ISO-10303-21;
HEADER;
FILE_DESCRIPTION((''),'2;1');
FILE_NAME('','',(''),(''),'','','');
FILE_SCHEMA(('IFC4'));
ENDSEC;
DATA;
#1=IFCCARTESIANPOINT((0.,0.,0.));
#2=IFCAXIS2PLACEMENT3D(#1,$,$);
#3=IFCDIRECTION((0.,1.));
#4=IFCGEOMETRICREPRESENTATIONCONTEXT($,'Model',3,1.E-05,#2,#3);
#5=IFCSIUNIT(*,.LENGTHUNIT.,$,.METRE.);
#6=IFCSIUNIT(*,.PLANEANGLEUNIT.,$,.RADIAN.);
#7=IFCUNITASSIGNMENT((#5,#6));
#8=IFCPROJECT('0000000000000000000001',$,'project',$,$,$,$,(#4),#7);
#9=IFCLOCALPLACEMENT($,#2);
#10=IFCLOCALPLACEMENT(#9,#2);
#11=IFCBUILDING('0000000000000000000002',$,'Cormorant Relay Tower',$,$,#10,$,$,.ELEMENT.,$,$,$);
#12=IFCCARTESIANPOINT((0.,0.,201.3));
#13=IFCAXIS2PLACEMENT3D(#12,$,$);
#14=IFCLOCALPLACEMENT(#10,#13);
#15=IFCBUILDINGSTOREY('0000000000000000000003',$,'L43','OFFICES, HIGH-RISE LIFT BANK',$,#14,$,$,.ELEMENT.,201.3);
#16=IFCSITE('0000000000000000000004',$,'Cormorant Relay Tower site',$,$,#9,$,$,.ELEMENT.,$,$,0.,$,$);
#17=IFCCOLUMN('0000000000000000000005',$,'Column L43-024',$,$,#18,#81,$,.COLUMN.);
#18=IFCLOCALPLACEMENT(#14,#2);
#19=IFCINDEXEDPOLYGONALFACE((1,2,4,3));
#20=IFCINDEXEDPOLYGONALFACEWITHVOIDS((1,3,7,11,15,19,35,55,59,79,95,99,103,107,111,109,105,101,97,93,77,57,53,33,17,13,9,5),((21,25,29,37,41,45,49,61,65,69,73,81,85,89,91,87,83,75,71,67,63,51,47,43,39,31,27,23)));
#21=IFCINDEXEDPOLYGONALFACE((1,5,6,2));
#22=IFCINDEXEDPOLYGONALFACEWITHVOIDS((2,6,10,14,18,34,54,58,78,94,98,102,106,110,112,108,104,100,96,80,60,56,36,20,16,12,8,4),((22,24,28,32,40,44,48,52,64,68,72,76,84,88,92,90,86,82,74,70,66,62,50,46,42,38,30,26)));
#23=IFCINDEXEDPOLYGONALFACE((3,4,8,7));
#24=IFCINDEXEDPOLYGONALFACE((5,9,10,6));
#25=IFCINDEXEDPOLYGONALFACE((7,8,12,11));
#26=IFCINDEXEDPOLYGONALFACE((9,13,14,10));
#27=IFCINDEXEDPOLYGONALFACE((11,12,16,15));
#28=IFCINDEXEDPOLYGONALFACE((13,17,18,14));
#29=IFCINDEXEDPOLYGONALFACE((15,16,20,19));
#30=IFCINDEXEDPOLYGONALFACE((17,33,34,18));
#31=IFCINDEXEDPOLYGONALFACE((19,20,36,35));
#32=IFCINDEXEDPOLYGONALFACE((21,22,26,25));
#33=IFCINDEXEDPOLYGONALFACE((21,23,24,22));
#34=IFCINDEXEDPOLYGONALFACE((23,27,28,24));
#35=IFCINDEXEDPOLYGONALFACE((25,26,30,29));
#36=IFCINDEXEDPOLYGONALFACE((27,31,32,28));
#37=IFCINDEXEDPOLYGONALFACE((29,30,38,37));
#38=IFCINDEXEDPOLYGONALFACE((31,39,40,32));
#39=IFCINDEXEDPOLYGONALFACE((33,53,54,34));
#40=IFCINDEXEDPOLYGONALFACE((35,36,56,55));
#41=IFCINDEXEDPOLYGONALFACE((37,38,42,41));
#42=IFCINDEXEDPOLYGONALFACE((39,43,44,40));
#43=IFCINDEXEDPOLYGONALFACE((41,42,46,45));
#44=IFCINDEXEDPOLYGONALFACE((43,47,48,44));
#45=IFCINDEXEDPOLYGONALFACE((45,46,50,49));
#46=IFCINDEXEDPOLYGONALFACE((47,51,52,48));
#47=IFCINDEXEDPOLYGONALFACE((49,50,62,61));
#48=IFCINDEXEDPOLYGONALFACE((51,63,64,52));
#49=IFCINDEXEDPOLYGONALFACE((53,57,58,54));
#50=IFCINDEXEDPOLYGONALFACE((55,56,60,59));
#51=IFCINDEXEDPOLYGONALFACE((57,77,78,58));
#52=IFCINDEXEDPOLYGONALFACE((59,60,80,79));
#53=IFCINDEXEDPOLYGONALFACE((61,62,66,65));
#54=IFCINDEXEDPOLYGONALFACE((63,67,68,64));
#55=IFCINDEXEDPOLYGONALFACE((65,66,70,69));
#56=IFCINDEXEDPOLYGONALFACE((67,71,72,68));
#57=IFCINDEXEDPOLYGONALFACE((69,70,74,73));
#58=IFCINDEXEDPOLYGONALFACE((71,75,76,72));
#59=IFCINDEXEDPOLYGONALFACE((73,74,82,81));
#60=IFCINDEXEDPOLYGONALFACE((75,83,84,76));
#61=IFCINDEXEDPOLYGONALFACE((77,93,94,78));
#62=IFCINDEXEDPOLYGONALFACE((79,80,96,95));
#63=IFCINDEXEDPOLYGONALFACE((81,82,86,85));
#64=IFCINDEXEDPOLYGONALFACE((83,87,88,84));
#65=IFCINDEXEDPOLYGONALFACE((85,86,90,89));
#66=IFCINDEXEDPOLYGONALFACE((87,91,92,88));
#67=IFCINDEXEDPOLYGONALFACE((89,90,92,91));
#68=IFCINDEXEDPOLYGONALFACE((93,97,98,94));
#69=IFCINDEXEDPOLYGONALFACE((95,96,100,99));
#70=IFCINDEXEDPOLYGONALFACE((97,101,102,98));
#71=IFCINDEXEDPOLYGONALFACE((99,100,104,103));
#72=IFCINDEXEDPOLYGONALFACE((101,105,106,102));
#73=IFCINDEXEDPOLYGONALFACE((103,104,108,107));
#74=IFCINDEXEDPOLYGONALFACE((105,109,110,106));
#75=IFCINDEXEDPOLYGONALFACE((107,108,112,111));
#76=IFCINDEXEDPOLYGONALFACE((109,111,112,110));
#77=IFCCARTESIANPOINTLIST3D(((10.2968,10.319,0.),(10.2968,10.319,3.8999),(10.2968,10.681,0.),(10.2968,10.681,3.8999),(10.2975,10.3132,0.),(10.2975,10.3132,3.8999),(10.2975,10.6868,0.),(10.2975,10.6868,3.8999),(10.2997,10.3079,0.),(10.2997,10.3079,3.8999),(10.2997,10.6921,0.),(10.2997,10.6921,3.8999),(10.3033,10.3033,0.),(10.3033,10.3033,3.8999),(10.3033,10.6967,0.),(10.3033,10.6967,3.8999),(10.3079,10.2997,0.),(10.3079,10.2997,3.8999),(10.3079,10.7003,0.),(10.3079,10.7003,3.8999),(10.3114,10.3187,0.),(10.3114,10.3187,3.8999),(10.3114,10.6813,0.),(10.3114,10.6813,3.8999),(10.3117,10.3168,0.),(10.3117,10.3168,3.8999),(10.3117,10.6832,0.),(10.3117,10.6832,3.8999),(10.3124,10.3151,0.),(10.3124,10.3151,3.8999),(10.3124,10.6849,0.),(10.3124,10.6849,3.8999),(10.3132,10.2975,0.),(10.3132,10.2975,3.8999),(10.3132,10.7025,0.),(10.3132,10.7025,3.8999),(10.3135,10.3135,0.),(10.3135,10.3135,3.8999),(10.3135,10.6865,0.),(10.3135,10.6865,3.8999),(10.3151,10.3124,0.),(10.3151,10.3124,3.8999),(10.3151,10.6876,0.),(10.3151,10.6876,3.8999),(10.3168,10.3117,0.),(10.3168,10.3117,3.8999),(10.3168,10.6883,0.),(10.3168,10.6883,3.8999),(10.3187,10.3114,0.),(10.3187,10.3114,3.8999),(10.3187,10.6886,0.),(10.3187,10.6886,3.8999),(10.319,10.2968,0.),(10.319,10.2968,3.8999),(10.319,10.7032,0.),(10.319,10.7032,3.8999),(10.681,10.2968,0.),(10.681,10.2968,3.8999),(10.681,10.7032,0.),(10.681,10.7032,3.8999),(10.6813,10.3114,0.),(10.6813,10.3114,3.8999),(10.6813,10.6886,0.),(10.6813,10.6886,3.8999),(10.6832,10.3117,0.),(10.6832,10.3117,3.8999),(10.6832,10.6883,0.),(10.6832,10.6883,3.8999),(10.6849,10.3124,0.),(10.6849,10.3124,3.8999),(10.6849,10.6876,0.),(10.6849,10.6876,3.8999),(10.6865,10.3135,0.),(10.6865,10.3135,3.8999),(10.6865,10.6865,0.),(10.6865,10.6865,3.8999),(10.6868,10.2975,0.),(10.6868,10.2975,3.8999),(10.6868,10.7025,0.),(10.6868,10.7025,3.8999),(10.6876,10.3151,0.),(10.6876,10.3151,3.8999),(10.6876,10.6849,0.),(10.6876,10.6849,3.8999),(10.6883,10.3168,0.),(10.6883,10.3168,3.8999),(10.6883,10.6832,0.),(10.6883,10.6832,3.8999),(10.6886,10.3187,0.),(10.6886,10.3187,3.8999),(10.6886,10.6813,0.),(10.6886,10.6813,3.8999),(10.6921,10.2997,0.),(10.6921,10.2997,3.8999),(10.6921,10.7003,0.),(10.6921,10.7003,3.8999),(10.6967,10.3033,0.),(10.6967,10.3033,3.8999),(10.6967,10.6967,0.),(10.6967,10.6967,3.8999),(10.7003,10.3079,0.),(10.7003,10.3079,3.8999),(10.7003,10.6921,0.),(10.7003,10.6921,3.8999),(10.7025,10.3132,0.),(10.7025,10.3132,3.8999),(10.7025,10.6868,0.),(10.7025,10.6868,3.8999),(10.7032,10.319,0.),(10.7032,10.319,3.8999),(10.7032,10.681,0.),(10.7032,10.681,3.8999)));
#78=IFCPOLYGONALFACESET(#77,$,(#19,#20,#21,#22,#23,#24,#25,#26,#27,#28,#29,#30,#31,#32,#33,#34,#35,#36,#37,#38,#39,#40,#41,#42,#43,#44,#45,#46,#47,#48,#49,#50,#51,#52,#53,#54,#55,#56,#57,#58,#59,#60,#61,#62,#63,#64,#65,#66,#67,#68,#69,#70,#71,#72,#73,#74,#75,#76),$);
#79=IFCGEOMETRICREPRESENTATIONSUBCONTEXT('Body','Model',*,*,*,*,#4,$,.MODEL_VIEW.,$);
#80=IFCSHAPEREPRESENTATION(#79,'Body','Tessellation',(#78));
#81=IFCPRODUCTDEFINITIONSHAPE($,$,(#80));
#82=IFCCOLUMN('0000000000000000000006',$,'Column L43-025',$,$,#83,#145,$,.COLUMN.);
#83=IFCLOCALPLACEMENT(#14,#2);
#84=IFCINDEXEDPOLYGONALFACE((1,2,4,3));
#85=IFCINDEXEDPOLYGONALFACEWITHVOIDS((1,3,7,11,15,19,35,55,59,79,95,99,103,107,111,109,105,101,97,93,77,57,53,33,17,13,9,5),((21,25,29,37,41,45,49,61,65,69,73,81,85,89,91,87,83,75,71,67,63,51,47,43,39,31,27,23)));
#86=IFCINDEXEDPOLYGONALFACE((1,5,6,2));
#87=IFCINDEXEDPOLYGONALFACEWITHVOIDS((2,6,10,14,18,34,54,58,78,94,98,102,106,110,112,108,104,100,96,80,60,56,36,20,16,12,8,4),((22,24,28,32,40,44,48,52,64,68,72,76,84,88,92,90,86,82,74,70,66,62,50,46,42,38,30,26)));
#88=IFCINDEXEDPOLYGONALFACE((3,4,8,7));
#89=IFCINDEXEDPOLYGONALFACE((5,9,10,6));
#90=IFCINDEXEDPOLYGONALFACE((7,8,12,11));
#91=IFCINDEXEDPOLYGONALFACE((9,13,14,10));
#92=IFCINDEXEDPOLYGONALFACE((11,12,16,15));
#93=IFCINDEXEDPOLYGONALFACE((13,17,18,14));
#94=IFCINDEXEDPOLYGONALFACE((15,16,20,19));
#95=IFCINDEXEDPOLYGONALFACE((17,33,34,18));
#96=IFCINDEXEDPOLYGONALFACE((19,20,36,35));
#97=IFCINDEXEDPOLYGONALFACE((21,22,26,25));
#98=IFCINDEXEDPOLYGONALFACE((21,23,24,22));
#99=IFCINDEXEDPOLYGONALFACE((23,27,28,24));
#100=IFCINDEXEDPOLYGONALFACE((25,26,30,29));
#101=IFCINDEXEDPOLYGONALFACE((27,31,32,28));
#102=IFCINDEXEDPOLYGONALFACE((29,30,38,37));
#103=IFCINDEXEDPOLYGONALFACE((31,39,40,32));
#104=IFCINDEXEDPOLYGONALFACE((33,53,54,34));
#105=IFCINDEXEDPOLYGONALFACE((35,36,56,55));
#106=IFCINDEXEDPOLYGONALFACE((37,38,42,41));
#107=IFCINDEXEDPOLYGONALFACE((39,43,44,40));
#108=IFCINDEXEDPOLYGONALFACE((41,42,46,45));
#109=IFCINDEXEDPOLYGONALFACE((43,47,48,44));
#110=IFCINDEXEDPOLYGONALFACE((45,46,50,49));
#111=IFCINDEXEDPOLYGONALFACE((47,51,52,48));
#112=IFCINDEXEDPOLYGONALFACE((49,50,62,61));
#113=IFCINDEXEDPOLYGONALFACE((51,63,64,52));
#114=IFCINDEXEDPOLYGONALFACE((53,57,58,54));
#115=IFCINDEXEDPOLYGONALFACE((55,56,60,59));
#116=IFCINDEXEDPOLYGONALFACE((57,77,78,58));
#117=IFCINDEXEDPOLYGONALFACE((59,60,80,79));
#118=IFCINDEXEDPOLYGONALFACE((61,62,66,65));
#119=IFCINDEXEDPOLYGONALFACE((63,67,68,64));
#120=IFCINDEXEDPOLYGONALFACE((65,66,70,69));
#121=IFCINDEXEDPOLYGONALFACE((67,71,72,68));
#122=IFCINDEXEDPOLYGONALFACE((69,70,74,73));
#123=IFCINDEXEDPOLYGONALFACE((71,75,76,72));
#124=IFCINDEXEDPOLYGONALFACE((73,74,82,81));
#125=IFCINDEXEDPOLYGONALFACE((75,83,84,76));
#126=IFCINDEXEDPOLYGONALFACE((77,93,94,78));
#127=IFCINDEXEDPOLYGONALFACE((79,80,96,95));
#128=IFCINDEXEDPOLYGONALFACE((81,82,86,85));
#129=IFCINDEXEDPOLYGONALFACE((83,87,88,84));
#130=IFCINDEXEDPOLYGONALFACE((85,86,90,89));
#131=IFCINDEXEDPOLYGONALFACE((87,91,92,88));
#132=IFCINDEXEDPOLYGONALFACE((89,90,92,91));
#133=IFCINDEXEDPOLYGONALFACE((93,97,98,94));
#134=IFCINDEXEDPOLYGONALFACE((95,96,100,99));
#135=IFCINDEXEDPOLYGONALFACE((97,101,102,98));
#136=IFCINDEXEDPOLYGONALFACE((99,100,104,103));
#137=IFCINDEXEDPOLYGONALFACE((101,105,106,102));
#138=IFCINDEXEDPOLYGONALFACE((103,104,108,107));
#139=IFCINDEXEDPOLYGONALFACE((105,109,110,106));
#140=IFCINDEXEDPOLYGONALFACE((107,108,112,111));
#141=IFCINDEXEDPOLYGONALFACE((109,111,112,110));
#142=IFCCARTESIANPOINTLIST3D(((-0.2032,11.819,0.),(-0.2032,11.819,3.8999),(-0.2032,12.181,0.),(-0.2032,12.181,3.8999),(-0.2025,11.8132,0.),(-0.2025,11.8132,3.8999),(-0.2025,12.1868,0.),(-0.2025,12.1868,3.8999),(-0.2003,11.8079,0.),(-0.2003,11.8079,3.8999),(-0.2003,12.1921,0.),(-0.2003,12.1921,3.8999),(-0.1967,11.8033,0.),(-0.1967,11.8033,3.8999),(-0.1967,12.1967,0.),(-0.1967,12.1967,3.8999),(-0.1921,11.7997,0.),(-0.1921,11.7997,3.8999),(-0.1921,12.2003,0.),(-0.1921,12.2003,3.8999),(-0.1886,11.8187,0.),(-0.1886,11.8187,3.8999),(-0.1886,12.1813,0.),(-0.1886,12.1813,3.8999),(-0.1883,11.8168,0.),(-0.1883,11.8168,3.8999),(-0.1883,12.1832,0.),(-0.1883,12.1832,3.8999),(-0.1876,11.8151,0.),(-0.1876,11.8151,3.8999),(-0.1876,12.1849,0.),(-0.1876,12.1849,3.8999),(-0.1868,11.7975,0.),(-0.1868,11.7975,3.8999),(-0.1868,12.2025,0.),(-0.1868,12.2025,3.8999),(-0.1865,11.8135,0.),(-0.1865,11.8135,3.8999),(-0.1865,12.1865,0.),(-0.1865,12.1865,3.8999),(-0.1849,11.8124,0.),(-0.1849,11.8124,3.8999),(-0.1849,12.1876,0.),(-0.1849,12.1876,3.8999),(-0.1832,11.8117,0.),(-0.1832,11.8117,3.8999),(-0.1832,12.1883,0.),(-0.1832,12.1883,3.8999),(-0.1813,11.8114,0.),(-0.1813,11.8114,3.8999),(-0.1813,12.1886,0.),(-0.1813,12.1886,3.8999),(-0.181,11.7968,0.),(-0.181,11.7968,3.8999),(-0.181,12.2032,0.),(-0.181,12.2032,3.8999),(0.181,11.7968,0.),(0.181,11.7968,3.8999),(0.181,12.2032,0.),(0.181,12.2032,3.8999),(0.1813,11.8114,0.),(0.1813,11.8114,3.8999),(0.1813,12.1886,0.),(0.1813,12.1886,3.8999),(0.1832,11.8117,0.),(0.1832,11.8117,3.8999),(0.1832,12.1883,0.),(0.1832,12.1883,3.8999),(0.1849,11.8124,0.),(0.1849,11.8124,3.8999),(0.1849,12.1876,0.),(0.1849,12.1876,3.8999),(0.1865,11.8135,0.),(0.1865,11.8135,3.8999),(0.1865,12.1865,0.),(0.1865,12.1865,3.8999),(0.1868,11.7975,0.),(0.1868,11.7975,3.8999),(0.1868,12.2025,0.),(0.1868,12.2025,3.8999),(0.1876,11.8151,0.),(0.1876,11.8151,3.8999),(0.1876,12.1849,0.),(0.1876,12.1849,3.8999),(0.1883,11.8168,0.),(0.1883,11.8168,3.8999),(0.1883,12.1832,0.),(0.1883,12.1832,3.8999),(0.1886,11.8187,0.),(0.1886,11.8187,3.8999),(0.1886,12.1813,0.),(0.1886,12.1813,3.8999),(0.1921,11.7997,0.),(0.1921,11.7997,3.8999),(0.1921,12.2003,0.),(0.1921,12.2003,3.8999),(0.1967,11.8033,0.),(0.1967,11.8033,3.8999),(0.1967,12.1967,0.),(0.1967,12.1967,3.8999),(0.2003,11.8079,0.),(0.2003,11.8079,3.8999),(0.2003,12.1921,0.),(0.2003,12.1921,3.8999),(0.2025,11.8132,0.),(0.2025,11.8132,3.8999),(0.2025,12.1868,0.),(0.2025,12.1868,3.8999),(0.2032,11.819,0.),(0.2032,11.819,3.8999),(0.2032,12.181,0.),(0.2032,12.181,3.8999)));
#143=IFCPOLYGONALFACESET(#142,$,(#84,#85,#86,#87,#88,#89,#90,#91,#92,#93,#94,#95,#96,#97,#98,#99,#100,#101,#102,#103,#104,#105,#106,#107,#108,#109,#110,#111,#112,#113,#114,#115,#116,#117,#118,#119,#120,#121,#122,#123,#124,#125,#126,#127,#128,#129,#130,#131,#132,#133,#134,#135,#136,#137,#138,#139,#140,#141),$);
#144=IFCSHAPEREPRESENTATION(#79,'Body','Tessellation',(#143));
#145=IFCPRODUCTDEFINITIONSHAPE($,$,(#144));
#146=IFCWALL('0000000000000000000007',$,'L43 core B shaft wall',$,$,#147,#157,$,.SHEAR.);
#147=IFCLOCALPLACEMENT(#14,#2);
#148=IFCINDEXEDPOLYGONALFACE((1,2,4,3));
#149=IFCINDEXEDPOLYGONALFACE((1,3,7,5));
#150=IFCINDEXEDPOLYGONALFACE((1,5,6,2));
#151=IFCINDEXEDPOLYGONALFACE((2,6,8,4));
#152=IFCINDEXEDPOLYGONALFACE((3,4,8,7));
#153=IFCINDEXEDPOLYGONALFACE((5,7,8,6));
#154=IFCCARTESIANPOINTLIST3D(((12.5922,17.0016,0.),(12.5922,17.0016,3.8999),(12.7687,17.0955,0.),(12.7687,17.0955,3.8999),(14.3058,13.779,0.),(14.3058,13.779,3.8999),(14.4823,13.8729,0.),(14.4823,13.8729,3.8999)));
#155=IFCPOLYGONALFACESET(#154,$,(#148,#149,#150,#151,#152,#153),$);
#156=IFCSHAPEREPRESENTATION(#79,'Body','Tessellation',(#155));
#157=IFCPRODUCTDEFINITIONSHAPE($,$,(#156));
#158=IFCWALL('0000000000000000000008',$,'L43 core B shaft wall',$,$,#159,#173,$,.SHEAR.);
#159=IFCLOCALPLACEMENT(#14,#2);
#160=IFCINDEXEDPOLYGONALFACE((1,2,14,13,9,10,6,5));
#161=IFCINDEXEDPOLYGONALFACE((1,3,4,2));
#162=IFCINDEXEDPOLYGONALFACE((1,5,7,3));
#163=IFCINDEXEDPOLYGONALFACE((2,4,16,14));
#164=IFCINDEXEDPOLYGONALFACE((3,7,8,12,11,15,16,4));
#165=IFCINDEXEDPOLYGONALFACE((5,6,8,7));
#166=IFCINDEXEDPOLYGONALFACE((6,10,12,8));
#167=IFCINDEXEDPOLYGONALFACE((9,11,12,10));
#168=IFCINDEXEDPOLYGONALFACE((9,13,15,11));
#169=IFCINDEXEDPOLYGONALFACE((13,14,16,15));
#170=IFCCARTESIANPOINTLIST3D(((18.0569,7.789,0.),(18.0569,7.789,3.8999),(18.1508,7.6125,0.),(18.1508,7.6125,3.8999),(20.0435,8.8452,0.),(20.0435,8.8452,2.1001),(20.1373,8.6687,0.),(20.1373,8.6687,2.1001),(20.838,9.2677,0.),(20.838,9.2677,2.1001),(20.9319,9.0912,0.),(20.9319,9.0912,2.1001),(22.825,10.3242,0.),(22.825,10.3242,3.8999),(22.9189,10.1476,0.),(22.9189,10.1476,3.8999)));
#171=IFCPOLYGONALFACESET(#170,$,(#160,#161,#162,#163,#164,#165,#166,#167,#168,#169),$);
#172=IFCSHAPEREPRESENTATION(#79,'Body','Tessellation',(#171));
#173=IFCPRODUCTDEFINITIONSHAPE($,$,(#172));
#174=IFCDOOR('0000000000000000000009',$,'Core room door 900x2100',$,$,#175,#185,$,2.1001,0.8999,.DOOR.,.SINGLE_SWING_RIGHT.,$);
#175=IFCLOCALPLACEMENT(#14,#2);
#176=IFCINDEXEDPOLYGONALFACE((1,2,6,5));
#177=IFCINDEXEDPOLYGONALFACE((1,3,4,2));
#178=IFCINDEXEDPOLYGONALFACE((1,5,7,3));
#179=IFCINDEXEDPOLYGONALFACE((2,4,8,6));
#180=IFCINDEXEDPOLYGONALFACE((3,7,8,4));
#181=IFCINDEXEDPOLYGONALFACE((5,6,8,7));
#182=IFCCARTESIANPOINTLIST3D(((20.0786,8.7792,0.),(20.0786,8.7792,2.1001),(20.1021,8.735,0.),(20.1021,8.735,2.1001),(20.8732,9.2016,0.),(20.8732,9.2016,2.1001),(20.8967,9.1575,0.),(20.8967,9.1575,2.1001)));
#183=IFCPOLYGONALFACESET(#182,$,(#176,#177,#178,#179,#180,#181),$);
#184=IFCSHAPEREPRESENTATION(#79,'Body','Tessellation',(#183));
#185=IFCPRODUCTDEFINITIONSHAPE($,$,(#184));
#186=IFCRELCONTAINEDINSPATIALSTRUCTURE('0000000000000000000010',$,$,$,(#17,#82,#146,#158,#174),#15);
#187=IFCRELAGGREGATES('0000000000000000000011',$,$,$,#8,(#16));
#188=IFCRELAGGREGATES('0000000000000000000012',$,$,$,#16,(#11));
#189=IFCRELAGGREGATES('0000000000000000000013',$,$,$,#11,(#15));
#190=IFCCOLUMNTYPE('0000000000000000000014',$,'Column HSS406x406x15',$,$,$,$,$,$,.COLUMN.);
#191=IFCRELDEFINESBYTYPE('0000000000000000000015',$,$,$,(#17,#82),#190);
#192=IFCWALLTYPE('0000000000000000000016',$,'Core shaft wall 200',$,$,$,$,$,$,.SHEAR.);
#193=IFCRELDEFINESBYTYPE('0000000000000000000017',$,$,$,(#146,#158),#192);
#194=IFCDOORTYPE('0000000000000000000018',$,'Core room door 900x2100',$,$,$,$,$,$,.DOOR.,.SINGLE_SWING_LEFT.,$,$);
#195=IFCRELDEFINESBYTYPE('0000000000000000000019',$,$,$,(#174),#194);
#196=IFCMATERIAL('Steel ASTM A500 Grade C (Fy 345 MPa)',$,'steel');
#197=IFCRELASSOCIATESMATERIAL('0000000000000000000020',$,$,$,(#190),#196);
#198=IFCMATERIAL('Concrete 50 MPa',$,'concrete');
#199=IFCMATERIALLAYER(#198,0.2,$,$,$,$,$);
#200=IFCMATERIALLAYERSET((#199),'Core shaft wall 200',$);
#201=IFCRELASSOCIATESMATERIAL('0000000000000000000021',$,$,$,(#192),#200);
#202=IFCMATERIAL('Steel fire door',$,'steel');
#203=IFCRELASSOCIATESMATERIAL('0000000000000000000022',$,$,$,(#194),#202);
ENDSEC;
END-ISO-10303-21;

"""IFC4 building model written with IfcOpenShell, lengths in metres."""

from ifc_helpers import new_model, si_unit, direction, frame, frame_2d, origin, origin_2d, place, context, subcontext, project, spatial, rectangle, hollow_rectangle, extrude, material, layer, layer_set, material_profile, profile_set, type_object, element, fill, save


model = new_model("IFC4")

# Units and contexts
model_context = context("Model", 3, precision=1e-05, world=origin(), true_north=direction((0.0, 1.0)))
body_context = subcontext(model_context, "Body", "Model", "MODEL_VIEW")
ifc_project = project(units=[si_unit("LENGTHUNIT", "METRE"), si_unit("PLANEANGLEUNIT", "RADIAN")], contexts=[model_context])

# Site, building, storey
site_placement = place(None, origin())
site = spatial("IfcSite", under=ifc_project, at=site_placement, Name="Cormorant Relay Tower site", CompositionType="ELEMENT", RefElevation=0.0)
building_placement = place(site_placement, origin())
building = spatial("IfcBuilding", under=site, at=building_placement, Name="Cormorant Relay Tower", CompositionType="ELEMENT")
storey_placement = place(building_placement, frame((0.0, 0.0, 201.3)))
storey = spatial("IfcBuildingStorey", under=building, at=storey_placement, Name="L43", Description="OFFICES, HIGH-RISE LIFT BANK", CompositionType="ELEMENT", Elevation=201.3)

# Columns
ifc_material_1 = material(Name="Steel ASTM A500 Grade C (Fy 345 MPa)", Category="steel")
ifc_material_profile = material_profile(ifc_material_1, hollow_rectangle(XDim=0.4065, YDim=0.4065, WallThickness=0.0146, InnerFilletRadius=0.0073, OuterFilletRadius=0.0222, at=origin_2d()), Name="HSS406x406x15")
ifc_profile_set = profile_set([ifc_material_profile], Name="Steel ASTM A500 Grade C (Fy 345 MPa)")
column_type = type_object("IfcColumnType", Name="Column HSS406x406x15", PredefinedType="COLUMN", material=ifc_profile_set)
for number, where, z_axis, x_axis, name in (
    (1, (10.5, 10.5, 0.0), (0.0, 0.0, 1.0), (1.0, 0.0, 0.0), "Column L43-024"),
    (2, (0.0, 12.0, 0.0), (0.0, 0.0, 1.0), (1.0, 0.0, 0.0), "Column L43-025"),
):
    element("IfcColumn", number, at=place(storey_placement, frame(where, z_axis=z_axis, x_axis=x_axis)), inside=storey, type_object=column_type, Name=name, PredefinedType="COLUMN", context=body_context, shape_type="SweptSolid", body=[
        extrude(hollow_rectangle(XDim=0.4065, YDim=0.4065, WallThickness=0.0146, InnerFilletRadius=0.0073, OuterFilletRadius=0.0222, at=origin_2d()), origin(), (0.0, 0.0, 1.0), 3.8999),
    ])

# Wall
ifc_material_2 = material(Name="Concrete 50 MPa", Category="concrete")
ifc_layer_1 = layer(ifc_material_2, 0.2)
ifc_layer_set_1 = layer_set([ifc_layer_1], Name="Core shaft wall 200")
wall_type_1 = type_object("IfcWallType", Name="Core shaft wall 200", PredefinedType="SHEAR", material=ifc_layer_set_1)
wall_1_placement = place(storey_placement, frame((14.394, 13.8259, 0.0), z_axis=(0.0, 0.0, 1.0), x_axis=(-0.469494, 0.882936, 0.0)))
element("IfcWall", 3, at=wall_1_placement, inside=storey, type_object=wall_type_1, Name="L43 core B shaft wall", PredefinedType="SHEAR", context=body_context, shape_type="SweptSolid", body=[
    extrude(rectangle(XDim=3.6499, YDim=0.2, at=frame_2d((1.825, 0.0))), origin(), (0.0, 0.0, 1.0), 3.8999),
])

# Wall, opening, door
wall_2_placement = place(storey_placement, frame((18.1038, 7.7007, 0.0), z_axis=(0.0, 0.0, 1.0), x_axis=(0.882953, 0.469462, 0.0)))
wall_2 = element("IfcWall", 4, at=wall_2_placement, inside=storey, type_object=wall_type_1, Name="L43 core B shaft wall", PredefinedType="SHEAR", context=body_context, shape_type="SweptSolid", body=[
    extrude(rectangle(XDim=5.4001, YDim=0.2, at=frame_2d((2.7002, 0.0))), origin(), (0.0, 0.0, 1.0), 3.8999),
])
opening_1_placement = place(wall_2_placement, frame((2.25, 0.0, 0.0)))
opening_1 = element("IfcOpeningElement", 5, at=opening_1_placement, cuts=wall_2, PredefinedType="OPENING", context=body_context, shape_type="SweptSolid", body=[
    extrude(rectangle(XDim=0.8999, YDim=2.1001, at=frame_2d((0.45, 1.05))), frame((0.0, 0.1099, 0.0), z_axis=(0.0, -1.0, 0.0), x_axis=(1.0, 0.0, 0.0)), (0.0, 0.0, 1.0), 0.22),
])
ifc_material_3 = material(Name="Steel fire door", Category="steel")
door_type_1 = type_object("IfcDoorType", Name="Core room door 900x2100", OperationType="SINGLE_SWING_LEFT", PredefinedType="DOOR", material=ifc_material_3)
door_1_placement = place(opening_1_placement, frame((0.8999, 0.0, 0.0), z_axis=(0.0, 0.0, 1.0), x_axis=(-1.0, 0.0, 0.0)))
door_1 = element("IfcDoor", 6, at=door_1_placement, inside=storey, type_object=door_type_1, Name="Core room door 900x2100", OperationType="SINGLE_SWING_RIGHT", OverallHeight=2.1001, OverallWidth=0.8999, PredefinedType="DOOR", context=body_context, shape_type="SweptSolid", body=[
    extrude(rectangle(XDim=0.8999, YDim=2.1001, at=frame_2d((0.45, 1.05))), frame((0.0, 0.0249, 0.0), z_axis=(0.0, -1.0, 0.0), x_axis=(1.0, 0.0, 0.0)), (0.0, 0.0, 1.0), 0.05),
])
fill(opening_1, door_1)

save(model, "model.ifc")
